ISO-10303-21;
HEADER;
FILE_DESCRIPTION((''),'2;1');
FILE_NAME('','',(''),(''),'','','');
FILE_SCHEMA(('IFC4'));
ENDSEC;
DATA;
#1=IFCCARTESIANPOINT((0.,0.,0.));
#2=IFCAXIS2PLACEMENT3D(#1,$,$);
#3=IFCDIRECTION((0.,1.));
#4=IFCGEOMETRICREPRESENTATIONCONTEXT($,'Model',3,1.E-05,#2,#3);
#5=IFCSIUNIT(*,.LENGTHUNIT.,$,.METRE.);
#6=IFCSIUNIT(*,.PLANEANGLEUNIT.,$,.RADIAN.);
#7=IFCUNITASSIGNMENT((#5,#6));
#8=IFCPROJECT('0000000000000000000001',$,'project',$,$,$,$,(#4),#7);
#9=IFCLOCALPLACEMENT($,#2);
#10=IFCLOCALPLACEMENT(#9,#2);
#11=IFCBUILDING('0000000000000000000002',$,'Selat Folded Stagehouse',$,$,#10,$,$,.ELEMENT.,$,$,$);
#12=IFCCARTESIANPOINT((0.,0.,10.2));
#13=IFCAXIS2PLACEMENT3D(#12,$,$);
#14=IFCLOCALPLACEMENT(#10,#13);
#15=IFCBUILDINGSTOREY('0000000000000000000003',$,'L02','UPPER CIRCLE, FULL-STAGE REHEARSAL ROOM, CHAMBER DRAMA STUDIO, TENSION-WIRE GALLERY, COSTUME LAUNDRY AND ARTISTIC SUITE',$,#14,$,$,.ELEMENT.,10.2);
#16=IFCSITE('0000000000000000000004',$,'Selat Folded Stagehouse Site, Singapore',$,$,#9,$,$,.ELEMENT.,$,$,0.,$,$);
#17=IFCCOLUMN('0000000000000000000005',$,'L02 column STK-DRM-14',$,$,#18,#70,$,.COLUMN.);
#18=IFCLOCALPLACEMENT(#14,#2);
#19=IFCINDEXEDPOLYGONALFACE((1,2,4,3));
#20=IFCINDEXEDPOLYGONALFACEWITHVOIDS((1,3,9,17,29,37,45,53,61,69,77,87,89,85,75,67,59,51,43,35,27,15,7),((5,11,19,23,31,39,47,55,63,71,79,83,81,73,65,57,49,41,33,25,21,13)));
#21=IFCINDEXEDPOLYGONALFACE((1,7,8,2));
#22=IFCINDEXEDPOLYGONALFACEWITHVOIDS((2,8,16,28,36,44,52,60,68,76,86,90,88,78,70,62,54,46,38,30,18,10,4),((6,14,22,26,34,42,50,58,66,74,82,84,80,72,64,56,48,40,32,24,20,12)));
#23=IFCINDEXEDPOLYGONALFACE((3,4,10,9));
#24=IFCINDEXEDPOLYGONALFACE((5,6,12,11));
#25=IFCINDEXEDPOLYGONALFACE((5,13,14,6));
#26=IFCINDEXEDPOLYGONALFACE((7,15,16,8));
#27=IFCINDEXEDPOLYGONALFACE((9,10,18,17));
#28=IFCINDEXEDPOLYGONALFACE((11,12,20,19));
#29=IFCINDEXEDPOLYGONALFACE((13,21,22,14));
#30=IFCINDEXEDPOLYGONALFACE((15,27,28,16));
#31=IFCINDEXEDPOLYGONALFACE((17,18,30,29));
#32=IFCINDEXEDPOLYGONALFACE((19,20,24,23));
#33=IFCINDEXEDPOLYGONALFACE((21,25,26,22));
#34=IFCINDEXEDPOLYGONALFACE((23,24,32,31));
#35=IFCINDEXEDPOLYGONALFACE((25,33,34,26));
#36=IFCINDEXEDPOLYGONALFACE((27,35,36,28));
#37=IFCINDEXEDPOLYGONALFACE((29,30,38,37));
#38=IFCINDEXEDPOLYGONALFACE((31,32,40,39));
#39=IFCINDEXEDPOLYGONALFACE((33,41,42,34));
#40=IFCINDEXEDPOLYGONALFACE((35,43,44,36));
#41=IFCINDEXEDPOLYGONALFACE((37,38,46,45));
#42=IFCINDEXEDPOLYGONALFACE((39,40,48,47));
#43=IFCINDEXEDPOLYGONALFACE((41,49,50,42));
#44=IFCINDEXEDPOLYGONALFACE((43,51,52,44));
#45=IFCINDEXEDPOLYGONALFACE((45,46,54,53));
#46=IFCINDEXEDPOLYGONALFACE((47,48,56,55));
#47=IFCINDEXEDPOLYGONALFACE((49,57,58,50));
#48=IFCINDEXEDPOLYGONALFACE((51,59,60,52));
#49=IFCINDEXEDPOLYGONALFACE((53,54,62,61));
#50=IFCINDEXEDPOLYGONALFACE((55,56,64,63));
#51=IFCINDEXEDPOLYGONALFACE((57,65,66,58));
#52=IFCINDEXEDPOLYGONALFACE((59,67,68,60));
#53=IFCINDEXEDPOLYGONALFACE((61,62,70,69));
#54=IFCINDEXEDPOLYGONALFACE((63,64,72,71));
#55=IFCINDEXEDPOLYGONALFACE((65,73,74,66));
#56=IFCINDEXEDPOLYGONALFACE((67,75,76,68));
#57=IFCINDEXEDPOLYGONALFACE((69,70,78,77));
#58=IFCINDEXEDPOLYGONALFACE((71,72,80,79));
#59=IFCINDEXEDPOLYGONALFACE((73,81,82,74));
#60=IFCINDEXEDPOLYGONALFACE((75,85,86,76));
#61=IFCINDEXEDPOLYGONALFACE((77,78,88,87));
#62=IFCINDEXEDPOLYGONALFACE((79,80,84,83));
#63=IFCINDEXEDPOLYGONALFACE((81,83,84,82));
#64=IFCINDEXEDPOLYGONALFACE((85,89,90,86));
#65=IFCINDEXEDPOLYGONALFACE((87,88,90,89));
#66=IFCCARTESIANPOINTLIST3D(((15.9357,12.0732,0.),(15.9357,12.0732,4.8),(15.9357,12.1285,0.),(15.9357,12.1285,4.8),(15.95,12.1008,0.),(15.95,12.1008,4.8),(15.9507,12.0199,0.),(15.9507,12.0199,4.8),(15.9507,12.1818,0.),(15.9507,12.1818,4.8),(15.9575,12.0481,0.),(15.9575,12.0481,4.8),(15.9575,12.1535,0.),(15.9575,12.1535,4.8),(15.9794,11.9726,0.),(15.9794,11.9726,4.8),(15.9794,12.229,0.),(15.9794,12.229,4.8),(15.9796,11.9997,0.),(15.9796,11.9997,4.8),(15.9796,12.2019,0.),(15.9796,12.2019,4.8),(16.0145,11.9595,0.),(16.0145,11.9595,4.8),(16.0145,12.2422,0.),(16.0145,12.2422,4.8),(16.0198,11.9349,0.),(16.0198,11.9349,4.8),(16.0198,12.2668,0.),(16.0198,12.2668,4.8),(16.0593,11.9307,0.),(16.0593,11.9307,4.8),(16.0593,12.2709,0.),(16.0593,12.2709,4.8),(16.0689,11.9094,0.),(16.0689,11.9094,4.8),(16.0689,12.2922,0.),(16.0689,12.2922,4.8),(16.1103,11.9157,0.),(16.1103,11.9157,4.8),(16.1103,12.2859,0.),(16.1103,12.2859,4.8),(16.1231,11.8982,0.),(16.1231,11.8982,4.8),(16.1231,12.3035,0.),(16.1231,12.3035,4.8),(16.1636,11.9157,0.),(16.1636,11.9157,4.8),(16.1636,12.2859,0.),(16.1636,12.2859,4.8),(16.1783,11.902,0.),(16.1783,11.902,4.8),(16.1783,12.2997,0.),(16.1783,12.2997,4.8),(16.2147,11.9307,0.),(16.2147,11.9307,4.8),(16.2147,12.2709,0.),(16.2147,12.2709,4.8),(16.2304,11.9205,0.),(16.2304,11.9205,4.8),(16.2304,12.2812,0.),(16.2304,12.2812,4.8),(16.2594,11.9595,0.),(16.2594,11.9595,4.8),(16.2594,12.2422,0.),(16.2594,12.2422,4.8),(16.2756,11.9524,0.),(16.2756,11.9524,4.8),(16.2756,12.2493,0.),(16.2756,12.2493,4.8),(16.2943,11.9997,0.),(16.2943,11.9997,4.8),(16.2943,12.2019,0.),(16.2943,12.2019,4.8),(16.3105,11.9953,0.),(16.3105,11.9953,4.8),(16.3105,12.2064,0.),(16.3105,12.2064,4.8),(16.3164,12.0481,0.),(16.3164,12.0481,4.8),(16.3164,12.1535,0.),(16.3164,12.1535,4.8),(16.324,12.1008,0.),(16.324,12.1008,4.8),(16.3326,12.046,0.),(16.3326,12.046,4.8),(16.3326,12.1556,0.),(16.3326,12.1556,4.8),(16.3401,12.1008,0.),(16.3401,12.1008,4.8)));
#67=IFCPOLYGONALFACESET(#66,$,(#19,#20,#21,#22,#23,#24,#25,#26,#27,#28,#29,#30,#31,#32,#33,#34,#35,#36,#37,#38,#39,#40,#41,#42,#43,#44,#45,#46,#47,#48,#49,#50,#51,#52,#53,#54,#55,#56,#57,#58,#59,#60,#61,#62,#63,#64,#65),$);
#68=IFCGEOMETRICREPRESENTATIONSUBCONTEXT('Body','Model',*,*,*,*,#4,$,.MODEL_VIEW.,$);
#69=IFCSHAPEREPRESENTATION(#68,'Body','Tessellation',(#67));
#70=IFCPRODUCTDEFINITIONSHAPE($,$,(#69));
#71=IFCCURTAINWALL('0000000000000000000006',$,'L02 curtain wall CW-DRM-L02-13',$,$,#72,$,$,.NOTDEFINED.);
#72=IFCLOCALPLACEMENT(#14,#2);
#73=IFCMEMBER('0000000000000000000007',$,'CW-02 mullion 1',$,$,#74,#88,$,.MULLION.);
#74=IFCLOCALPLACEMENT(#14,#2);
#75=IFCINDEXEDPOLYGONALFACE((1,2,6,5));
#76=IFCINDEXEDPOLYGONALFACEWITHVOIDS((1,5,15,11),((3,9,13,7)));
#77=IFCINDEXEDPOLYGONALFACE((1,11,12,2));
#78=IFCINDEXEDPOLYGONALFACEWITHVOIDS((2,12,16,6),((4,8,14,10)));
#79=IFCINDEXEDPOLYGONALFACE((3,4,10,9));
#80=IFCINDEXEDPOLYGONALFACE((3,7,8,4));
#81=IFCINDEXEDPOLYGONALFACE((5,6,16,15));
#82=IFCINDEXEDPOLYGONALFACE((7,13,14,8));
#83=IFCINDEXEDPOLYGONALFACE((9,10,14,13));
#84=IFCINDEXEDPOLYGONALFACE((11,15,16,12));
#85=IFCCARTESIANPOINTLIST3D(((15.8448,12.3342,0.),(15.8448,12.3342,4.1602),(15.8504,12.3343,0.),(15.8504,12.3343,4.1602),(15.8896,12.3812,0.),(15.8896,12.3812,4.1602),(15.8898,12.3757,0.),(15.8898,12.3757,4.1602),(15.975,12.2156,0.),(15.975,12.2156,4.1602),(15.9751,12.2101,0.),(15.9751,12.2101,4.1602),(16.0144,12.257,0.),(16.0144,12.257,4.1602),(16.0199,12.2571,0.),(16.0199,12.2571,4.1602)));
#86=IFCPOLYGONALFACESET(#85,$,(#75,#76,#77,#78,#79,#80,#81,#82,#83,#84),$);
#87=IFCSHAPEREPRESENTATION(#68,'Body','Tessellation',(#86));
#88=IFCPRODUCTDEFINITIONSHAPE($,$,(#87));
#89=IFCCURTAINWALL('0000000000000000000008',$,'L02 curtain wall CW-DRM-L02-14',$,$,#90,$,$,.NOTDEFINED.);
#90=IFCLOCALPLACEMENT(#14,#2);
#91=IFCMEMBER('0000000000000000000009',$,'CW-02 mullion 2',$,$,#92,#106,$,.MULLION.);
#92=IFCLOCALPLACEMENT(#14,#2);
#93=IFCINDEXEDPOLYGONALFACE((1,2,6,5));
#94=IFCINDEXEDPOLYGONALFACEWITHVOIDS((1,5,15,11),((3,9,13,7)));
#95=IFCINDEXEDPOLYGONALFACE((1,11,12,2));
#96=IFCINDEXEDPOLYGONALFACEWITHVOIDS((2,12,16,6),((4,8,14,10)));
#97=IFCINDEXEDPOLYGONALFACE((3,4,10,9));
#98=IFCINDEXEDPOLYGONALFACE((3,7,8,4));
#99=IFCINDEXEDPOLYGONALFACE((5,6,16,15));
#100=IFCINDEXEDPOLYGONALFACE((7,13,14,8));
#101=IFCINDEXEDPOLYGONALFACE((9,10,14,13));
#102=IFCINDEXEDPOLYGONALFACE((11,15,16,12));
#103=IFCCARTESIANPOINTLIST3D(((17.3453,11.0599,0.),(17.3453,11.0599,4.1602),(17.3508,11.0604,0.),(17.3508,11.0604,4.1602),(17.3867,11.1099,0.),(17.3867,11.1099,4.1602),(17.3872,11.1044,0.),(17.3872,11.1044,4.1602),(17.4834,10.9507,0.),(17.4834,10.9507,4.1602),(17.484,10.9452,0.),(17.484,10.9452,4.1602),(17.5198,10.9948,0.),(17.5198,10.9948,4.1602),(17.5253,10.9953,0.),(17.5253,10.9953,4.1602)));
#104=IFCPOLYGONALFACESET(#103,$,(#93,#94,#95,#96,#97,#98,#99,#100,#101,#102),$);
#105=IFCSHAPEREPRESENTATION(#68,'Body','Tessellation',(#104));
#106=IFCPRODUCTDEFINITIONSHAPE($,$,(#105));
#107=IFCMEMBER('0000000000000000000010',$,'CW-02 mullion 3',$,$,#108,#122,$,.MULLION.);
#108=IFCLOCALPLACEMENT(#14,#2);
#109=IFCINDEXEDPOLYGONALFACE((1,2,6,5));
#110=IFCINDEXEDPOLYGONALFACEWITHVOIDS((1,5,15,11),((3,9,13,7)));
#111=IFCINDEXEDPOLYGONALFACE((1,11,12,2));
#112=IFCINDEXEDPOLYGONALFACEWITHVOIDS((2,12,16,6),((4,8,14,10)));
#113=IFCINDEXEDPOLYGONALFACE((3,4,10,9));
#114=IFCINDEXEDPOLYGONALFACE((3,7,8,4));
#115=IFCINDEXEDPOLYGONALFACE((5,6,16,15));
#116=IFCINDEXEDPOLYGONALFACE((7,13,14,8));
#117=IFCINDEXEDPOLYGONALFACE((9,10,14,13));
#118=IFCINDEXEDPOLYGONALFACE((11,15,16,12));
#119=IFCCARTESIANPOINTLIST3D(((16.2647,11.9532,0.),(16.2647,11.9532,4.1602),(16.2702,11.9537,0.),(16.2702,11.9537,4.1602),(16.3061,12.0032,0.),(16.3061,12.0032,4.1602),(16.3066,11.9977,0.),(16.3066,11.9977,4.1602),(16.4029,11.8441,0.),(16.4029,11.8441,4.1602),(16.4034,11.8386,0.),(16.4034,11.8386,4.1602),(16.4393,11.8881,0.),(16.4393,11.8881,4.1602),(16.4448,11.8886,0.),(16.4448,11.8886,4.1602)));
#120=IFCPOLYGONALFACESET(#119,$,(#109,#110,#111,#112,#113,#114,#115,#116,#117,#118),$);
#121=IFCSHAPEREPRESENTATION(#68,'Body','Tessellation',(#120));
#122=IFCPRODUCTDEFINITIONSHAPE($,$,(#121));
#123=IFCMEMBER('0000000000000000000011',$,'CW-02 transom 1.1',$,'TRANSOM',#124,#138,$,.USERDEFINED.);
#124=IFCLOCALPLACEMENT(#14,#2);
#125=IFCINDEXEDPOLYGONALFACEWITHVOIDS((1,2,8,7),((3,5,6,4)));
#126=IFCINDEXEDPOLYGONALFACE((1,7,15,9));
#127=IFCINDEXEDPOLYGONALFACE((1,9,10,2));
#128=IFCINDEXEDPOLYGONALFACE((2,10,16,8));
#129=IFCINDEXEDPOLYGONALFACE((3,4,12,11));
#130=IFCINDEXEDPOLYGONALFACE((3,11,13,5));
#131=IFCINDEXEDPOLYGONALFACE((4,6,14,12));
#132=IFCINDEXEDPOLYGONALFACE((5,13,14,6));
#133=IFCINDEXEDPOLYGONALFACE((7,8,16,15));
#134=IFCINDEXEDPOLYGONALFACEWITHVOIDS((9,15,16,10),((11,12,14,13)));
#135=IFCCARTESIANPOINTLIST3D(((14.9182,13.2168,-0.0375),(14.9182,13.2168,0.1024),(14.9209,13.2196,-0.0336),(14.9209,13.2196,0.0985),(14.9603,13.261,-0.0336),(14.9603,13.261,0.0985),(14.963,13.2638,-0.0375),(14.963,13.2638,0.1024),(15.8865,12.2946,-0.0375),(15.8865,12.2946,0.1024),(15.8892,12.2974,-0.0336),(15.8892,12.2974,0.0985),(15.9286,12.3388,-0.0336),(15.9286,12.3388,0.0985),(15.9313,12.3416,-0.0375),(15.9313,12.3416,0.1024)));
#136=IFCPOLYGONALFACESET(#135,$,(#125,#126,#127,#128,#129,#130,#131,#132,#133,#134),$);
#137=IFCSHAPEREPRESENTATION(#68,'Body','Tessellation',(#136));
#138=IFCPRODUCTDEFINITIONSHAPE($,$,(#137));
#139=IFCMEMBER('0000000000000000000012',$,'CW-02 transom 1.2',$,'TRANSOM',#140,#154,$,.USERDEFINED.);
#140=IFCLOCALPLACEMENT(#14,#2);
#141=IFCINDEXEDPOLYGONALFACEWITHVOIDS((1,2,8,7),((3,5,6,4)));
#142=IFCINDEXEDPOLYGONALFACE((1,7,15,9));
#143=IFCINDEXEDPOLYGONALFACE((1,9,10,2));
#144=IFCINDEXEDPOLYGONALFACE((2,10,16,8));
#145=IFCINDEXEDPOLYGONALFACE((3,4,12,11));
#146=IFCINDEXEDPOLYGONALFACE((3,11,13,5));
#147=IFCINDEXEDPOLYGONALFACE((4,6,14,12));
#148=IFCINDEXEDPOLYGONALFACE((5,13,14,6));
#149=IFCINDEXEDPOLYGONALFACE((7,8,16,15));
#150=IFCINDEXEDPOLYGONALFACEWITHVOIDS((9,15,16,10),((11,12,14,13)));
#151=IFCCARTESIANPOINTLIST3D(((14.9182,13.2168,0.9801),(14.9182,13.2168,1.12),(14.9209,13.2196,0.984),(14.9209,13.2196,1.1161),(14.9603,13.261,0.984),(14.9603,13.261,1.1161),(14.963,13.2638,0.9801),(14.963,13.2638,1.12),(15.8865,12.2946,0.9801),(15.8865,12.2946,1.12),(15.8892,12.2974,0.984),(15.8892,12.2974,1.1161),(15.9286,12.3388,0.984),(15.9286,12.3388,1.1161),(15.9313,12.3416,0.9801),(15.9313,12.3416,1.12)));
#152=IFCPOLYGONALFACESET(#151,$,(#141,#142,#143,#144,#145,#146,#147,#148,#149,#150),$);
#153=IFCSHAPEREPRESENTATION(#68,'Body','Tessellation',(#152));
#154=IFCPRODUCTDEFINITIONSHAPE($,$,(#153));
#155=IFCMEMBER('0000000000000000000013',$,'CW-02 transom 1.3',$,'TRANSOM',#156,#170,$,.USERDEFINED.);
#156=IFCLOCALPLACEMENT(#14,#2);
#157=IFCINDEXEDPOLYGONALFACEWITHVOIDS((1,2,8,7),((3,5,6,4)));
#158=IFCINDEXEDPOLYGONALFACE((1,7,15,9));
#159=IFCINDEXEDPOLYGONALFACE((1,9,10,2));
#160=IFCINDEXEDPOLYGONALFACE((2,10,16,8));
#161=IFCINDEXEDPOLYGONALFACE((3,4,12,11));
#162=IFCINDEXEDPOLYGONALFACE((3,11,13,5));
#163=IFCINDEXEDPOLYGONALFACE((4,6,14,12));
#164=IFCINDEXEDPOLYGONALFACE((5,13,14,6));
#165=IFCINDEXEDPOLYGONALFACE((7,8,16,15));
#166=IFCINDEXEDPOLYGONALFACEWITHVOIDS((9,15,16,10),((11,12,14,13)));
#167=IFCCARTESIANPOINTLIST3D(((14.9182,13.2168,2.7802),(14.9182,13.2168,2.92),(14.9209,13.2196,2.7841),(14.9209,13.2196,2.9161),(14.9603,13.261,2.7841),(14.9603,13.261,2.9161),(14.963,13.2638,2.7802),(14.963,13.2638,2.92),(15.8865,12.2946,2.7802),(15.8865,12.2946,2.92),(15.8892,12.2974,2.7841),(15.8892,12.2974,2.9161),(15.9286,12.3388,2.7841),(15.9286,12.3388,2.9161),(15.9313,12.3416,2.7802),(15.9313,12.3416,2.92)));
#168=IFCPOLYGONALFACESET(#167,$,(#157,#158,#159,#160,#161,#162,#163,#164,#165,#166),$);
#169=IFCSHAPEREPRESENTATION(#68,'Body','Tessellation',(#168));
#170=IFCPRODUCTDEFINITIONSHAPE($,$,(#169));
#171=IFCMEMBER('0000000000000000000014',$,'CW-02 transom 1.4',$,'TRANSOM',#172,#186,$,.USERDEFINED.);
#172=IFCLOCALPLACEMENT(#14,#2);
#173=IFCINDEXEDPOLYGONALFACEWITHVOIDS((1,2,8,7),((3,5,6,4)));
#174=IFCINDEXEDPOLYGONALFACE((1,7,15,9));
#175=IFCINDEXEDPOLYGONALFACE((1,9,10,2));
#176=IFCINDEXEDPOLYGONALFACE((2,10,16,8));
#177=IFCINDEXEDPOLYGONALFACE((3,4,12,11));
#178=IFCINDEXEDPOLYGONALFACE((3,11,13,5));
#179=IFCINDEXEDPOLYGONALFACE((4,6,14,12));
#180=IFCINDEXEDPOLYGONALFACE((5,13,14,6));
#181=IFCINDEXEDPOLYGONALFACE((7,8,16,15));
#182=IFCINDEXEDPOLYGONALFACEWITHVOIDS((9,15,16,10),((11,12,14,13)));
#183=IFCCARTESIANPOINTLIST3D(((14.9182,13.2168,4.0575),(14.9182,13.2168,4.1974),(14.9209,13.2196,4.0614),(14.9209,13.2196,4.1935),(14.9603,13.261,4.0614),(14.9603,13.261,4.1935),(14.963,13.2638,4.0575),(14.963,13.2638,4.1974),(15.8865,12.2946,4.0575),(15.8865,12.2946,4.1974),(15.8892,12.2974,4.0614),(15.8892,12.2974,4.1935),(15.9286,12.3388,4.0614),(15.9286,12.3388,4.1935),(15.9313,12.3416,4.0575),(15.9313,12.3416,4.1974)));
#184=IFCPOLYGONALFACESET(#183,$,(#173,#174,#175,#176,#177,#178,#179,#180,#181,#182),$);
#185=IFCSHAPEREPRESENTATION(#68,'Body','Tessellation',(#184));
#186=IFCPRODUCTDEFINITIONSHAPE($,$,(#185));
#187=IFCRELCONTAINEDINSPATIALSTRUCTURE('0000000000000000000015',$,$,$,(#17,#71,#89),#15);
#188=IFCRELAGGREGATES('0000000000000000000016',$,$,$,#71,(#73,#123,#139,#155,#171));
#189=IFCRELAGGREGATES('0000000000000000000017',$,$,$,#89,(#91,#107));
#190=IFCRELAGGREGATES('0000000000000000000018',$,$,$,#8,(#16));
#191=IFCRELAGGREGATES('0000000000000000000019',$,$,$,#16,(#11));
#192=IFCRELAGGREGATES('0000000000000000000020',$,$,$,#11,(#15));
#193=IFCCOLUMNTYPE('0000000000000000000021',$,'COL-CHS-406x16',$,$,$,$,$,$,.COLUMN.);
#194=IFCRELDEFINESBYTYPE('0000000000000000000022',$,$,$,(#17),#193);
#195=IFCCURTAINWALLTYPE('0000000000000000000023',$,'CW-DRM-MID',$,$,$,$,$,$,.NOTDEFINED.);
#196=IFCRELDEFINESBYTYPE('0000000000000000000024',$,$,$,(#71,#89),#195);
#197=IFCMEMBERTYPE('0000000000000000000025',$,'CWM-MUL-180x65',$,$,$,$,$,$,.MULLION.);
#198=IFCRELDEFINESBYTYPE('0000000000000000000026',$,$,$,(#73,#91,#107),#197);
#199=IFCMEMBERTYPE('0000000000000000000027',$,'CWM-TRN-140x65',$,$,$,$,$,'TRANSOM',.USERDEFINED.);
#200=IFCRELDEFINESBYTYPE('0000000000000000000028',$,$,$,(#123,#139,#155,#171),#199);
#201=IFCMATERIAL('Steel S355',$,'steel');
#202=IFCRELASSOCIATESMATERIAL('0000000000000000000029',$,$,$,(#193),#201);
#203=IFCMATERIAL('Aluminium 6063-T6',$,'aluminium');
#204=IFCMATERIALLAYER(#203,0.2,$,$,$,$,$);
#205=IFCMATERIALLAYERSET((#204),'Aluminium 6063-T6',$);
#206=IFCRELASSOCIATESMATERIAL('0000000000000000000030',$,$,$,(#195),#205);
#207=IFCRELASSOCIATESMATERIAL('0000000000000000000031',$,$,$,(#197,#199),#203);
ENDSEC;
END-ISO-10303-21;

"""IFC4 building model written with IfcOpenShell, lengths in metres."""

from ifc_helpers import new_model, si_unit, direction, frame, origin, origin_2d, place, context, subcontext, project, spatial, hollow_rectangle, hollow_circle, extrude, material, layer, layer_set, material_profile, profile_set, type_object, element, aggregate, save


model = new_model("IFC4")

# Units and contexts
model_context = context("Model", 3, precision=1e-05, world=origin(), true_north=direction((0.0, 1.0)))
body_context = subcontext(model_context, "Body", "Model", "MODEL_VIEW")
ifc_project = project(units=[si_unit("LENGTHUNIT", "METRE"), si_unit("PLANEANGLEUNIT", "RADIAN")], contexts=[model_context])

# Site, building, storey
site_placement = place(None, origin())
site = spatial("IfcSite", under=ifc_project, at=site_placement, Name="Selat Folded Stagehouse Site, Singapore", CompositionType="ELEMENT", RefElevation=0.0)
building_placement = place(site_placement, origin())
building = spatial("IfcBuilding", under=site, at=building_placement, Name="Selat Folded Stagehouse", CompositionType="ELEMENT")
storey_placement = place(building_placement, frame((0.0, 0.0, 10.2)))
storey = spatial("IfcBuildingStorey", under=building, at=storey_placement, Name="L02", Description="UPPER CIRCLE, FULL-STAGE REHEARSAL ROOM, CHAMBER DRAMA STUDIO, TENSION-WIRE GALLERY, COSTUME LAUNDRY AND ARTISTIC SUITE", CompositionType="ELEMENT", Elevation=10.2)

# Column
ifc_material_1 = material(Name="Steel S355", Category="steel")
ifc_material_profile_1 = material_profile(ifc_material_1, hollow_circle(Radius=0.2031, WallThickness=0.0161, at=origin_2d()), Name="CHS 406.4x16.0")
ifc_profile_set_1 = profile_set([ifc_material_profile_1], Name="Steel S355")
column_type = type_object("IfcColumnType", Name="COL-CHS-406x16", PredefinedType="COLUMN", material=ifc_profile_set_1)
column_placement = place(storey_placement, frame((16.137, 12.1008, 0.0), z_axis=(0.0, 0.0, 1.0), x_axis=(1.0, 0.0, 0.0)))
element("IfcColumn", 1, at=column_placement, inside=storey, type_object=column_type, Name="L02 column STK-DRM-14", PredefinedType="COLUMN", context=body_context, shape_type="SweptSolid", body=[
    extrude(hollow_circle(Radius=0.2031, WallThickness=0.0161, at=origin_2d()), origin(), (0.0, 0.0, 1.0), 4.8),
])

# Curtain wall, member
ifc_material_2 = material(Name="Aluminium 6063-T6", Category="aluminium")
ifc_layer_1 = layer(ifc_material_2, 0.2)
ifc_layer_set_1 = layer_set([ifc_layer_1], Name="Aluminium 6063-T6")
curtain_wall_type = type_object("IfcCurtainWallType", Name="CW-DRM-MID", PredefinedType="NOTDEFINED", material=ifc_layer_set_1)
curtain_wall_1_placement = place(storey_placement, origin())
curtain_wall_1 = element("IfcCurtainWall", 2, at=curtain_wall_1_placement, inside=storey, type_object=curtain_wall_type, Name="L02 curtain wall CW-DRM-L02-13", PredefinedType="NOTDEFINED")
ifc_material_profile_2 = material_profile(ifc_material_2, hollow_rectangle(XDim=0.0649, YDim=0.1799, WallThickness=0.0039, at=origin_2d()), Name="ALU 180x65x4.0")
ifc_profile_set_2 = profile_set([ifc_material_profile_2], Name="Aluminium 6063-T6")
member_type_1 = type_object("IfcMemberType", Name="CWM-MUL-180x65", PredefinedType="MULLION", material=ifc_profile_set_2)
member_1_placement = place(storey_placement, frame((15.9324, 12.2957, 0.0), z_axis=(0.0, 0.0, 1.0), x_axis=(-0.689661, -0.724132, 0.0)))
member_1 = element("IfcMember", 3, at=member_1_placement, type_object=member_type_1, Name="CW-02 mullion 1", PredefinedType="MULLION", context=body_context, shape_type="SweptSolid", body=[
    extrude(hollow_rectangle(XDim=0.0649, YDim=0.1799, WallThickness=0.0039, at=origin_2d()), origin(), (0.0, 0.0, 1.0), 4.1602),
])

# Curtain wall, members
curtain_wall_2_placement = place(storey_placement, origin())
curtain_wall_2 = element("IfcCurtainWall", 4, at=curtain_wall_2_placement, inside=storey, type_object=curtain_wall_type, Name="L02 curtain wall CW-DRM-L02-14", PredefinedType="NOTDEFINED")
member_2_placement = place(storey_placement, frame((17.4353, 11.0276, 0.0), z_axis=(0.0, 0.0, 1.0), x_axis=(-0.637142, -0.770747, 0.0)))
member_2 = element("IfcMember", 5, at=member_2_placement, type_object=member_type_1, Name="CW-02 mullion 2", PredefinedType="MULLION", context=body_context, shape_type="SweptSolid", body=[
    extrude(hollow_rectangle(XDim=0.0649, YDim=0.1799, WallThickness=0.0039, at=origin_2d()), origin(), (0.0, 0.0, 1.0), 4.1602),
])
member_3_placement = place(storey_placement, frame((16.3547, 11.9209, 0.0), z_axis=(0.0, 0.0, 1.0), x_axis=(-0.637142, -0.770747, 0.0)))
member_3 = element("IfcMember", 6, at=member_3_placement, type_object=member_type_1, Name="CW-02 mullion 3", PredefinedType="MULLION", context=body_context, shape_type="SweptSolid", body=[
    extrude(hollow_rectangle(XDim=0.0649, YDim=0.1799, WallThickness=0.0039, at=origin_2d()), origin(), (0.0, 0.0, 1.0), 4.1602),
])

# Members
ifc_material_profile_3 = material_profile(ifc_material_2, hollow_rectangle(XDim=0.0649, YDim=0.1399, WallThickness=0.0039, at=origin_2d()), Name="ALU 140x65x4.0")
ifc_profile_set_3 = profile_set([ifc_material_profile_3], Name="Aluminium 6063-T6")
member_type_2 = type_object("IfcMemberType", Name="CWM-TRN-140x65", ElementType="TRANSOM", PredefinedType="USERDEFINED", material=ifc_profile_set_3)
member_4_placement = place(storey_placement, frame((15.9089, 12.3181, 0.0325), z_axis=(-0.724151, 0.689641, 0.0), x_axis=(-0.689641, -0.724151, 0.0)))
member_4 = element("IfcMember", 7, at=member_4_placement, type_object=member_type_2, Name="CW-02 transom 1.1", ObjectType="TRANSOM", PredefinedType="USERDEFINED", context=body_context, shape_type="SweptSolid", body=[
    extrude(hollow_rectangle(XDim=0.0649, YDim=0.1399, WallThickness=0.0039, at=origin_2d()), origin(), (0.0, 0.0, 1.0), 1.3372),
])
member_5_placement = place(storey_placement, frame((15.9089, 12.3181, 1.05), z_axis=(-0.724151, 0.689641, 0.0), x_axis=(-0.689641, -0.724151, 0.0)))
member_5 = element("IfcMember", 8, at=member_5_placement, type_object=member_type_2, Name="CW-02 transom 1.2", ObjectType="TRANSOM", PredefinedType="USERDEFINED", context=body_context, shape_type="SweptSolid", body=[
    extrude(hollow_rectangle(XDim=0.0649, YDim=0.1399, WallThickness=0.0039, at=origin_2d()), origin(), (0.0, 0.0, 1.0), 1.3372),
])
member_6_placement = place(storey_placement, frame((15.9089, 12.3181, 2.8501), z_axis=(-0.724151, 0.689641, 0.0), x_axis=(-0.689641, -0.724151, 0.0)))
member_6 = element("IfcMember", 9, at=member_6_placement, type_object=member_type_2, Name="CW-02 transom 1.3", ObjectType="TRANSOM", PredefinedType="USERDEFINED", context=body_context, shape_type="SweptSolid", body=[
    extrude(hollow_rectangle(XDim=0.0649, YDim=0.1399, WallThickness=0.0039, at=origin_2d()), origin(), (0.0, 0.0, 1.0), 1.3372),
])
member_7_placement = place(storey_placement, frame((15.9089, 12.3181, 4.1274), z_axis=(-0.724151, 0.689641, 0.0), x_axis=(-0.689641, -0.724151, 0.0)))
member_7 = element("IfcMember", 10, at=member_7_placement, type_object=member_type_2, Name="CW-02 transom 1.4", ObjectType="TRANSOM", PredefinedType="USERDEFINED", context=body_context, shape_type="SweptSolid", body=[
    extrude(hollow_rectangle(XDim=0.0649, YDim=0.1399, WallThickness=0.0039, at=origin_2d()), origin(), (0.0, 0.0, 1.0), 1.3372),
])

aggregate(curtain_wall_1, [member_1, member_4, member_5, member_6, member_7])
aggregate(curtain_wall_2, [member_2, member_3])

save(model, "model.ifc")
